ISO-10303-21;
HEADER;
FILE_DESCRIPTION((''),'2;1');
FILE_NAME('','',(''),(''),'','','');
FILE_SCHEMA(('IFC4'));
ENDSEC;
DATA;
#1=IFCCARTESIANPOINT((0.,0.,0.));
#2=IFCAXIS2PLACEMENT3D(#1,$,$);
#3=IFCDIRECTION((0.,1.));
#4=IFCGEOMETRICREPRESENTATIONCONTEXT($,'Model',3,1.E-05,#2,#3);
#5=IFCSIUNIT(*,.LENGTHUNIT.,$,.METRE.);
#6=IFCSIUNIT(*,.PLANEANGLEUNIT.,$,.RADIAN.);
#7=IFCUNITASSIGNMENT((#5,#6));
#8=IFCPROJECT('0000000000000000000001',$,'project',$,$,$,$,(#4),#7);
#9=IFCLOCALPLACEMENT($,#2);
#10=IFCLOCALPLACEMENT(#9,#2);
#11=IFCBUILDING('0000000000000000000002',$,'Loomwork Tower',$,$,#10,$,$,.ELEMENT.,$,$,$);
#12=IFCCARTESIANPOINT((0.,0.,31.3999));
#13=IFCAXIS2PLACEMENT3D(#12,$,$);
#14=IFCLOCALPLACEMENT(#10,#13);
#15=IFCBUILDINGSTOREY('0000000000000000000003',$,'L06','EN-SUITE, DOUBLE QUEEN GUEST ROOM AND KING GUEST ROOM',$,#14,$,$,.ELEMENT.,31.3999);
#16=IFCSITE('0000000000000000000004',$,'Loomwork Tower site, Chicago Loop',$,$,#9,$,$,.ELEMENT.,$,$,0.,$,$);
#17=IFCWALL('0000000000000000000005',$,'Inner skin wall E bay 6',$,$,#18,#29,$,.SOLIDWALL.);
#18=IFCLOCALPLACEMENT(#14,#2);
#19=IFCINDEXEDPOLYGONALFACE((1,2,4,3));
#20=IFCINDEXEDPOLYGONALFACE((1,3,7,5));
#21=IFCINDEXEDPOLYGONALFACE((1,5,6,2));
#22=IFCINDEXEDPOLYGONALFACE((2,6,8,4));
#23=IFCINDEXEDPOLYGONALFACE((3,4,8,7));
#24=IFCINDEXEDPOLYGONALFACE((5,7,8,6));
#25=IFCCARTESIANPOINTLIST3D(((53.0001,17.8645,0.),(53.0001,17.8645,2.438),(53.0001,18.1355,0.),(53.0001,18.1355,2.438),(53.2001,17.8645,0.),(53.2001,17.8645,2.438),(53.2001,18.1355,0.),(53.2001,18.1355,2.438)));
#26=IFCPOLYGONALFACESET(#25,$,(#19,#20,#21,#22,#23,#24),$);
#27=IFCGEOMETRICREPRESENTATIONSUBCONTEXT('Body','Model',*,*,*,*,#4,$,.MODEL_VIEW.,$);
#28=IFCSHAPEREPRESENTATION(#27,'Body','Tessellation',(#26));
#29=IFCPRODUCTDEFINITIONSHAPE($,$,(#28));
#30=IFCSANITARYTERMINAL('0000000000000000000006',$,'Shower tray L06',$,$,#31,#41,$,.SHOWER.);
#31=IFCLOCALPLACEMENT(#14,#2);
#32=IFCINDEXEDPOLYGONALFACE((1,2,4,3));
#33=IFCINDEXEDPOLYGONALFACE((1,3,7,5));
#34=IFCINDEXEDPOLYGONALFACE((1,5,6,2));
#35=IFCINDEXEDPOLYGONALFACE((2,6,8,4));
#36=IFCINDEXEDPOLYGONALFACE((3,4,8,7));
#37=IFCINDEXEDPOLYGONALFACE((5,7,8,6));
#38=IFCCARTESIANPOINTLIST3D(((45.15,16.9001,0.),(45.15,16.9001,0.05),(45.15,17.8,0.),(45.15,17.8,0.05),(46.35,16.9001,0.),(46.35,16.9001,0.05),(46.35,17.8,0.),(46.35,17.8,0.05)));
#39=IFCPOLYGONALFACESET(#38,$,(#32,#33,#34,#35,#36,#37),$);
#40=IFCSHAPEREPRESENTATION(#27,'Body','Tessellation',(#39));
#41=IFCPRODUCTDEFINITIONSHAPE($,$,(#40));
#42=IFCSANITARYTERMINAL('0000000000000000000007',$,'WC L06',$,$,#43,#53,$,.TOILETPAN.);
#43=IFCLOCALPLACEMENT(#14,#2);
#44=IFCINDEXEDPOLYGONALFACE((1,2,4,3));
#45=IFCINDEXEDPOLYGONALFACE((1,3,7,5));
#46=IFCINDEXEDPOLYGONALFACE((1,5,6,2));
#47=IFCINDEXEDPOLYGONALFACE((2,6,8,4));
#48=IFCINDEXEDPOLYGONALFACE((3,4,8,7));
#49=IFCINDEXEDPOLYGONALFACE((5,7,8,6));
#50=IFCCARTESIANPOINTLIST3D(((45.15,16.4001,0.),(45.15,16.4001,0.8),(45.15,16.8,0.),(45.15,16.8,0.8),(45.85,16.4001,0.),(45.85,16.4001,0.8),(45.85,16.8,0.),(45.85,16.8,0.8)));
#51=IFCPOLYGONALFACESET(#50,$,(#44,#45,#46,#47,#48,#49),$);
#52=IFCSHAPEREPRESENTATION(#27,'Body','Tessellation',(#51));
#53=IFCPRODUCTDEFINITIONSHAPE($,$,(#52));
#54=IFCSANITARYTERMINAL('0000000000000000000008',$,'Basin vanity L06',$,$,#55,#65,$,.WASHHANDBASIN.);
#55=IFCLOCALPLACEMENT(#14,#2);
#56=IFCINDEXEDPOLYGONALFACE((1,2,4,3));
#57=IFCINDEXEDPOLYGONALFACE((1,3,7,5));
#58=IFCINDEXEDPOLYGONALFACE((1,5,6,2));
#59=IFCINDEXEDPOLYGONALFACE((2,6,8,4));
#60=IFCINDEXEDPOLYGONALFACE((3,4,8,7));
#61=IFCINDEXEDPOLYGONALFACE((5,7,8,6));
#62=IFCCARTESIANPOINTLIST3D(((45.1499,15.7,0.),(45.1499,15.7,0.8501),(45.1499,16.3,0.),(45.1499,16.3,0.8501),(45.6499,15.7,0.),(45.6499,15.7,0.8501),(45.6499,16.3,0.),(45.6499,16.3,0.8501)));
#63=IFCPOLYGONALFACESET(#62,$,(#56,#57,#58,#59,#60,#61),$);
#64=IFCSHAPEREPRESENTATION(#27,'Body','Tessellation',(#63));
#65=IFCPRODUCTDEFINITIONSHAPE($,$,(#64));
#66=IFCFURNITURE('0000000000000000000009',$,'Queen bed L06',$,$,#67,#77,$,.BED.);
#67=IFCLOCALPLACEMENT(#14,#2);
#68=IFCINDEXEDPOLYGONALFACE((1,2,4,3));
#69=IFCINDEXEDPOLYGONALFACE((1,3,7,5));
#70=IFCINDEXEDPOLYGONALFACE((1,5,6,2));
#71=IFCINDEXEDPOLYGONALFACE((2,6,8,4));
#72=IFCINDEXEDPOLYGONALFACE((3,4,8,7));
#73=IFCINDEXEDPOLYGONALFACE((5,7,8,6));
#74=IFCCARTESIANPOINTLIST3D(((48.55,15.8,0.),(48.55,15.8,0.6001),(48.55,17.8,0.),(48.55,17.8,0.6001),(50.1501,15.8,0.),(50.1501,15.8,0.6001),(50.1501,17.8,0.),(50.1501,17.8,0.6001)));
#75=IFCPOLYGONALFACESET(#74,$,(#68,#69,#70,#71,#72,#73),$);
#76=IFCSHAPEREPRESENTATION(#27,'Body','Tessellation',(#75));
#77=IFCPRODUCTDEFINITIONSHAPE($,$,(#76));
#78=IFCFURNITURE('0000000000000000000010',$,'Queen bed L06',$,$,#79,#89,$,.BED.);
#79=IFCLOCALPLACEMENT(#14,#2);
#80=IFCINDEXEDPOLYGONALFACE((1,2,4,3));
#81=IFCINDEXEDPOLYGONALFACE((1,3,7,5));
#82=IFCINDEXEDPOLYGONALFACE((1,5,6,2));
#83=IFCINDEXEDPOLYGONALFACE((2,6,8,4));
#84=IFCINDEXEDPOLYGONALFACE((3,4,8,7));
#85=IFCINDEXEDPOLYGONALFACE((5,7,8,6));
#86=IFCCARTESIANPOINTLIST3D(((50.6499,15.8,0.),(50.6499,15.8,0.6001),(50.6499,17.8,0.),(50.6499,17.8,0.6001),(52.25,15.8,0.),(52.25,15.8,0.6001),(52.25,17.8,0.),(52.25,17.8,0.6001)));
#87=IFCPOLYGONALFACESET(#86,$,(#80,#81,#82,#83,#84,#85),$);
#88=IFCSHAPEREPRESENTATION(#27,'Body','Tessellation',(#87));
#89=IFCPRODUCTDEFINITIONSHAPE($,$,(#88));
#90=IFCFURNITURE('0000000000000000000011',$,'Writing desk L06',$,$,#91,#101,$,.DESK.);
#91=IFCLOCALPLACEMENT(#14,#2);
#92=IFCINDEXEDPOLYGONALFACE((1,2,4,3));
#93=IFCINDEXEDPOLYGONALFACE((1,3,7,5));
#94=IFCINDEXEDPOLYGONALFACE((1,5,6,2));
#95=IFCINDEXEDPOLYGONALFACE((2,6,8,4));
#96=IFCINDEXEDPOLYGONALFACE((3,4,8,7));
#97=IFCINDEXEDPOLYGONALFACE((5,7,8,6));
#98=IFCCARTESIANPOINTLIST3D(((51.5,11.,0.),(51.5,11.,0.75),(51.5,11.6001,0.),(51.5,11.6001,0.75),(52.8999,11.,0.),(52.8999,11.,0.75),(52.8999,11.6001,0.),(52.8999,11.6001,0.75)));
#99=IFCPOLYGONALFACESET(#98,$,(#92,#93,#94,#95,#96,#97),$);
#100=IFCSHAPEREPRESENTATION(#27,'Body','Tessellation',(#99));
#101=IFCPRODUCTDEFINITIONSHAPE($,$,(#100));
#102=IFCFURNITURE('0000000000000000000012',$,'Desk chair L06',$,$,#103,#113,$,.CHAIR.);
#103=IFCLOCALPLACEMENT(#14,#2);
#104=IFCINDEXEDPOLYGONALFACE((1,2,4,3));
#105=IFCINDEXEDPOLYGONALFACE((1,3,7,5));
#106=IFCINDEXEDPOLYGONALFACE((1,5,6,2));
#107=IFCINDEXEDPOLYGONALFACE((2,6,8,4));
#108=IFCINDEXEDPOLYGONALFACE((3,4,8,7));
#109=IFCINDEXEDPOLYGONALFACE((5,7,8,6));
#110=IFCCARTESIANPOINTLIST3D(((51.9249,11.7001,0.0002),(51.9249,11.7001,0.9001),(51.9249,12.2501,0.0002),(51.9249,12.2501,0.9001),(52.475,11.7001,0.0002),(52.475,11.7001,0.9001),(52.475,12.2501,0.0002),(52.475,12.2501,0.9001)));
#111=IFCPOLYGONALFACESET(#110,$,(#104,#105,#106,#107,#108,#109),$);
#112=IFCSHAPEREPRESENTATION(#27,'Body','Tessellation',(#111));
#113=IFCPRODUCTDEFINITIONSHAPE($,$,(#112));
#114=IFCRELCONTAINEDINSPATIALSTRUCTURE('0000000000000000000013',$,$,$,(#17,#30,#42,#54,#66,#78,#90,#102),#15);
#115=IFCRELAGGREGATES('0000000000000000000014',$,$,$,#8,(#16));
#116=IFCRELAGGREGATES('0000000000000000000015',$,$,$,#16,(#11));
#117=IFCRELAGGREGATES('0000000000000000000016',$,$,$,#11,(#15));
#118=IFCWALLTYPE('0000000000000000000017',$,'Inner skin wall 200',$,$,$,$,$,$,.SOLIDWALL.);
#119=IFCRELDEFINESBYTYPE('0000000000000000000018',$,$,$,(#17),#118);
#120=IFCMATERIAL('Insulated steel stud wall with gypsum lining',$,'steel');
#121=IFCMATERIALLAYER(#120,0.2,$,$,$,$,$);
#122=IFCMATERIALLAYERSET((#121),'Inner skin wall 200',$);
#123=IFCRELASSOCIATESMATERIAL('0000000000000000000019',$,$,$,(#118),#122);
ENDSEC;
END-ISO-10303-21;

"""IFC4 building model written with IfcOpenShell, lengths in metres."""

from ifc_helpers import new_model, si_unit, direction, frame, frame_2d, origin, origin_2d, place, context, subcontext, project, spatial, rectangle, extrude, material, layer, layer_set, type_object, element, save


model = new_model("IFC4")

# Units and contexts
model_context = context("Model", 3, precision=1e-05, world=origin(), true_north=direction((0.0, 1.0)))
body_context = subcontext(model_context, "Body", "Model", "MODEL_VIEW")
ifc_project = project(units=[si_unit("LENGTHUNIT", "METRE"), si_unit("PLANEANGLEUNIT", "RADIAN")], contexts=[model_context])

# Site, building, storey
site_placement = place(None, origin())
site = spatial("IfcSite", under=ifc_project, at=site_placement, Name="Loomwork Tower site, Chicago Loop", CompositionType="ELEMENT", RefElevation=0.0)
building_placement = place(site_placement, origin())
building = spatial("IfcBuilding", under=site, at=building_placement, Name="Loomwork Tower", CompositionType="ELEMENT")
storey_placement = place(building_placement, frame((0.0, 0.0, 31.3999)))
storey = spatial("IfcBuildingStorey", under=building, at=storey_placement, Name="L06", Description="EN-SUITE, DOUBLE QUEEN GUEST ROOM AND KING GUEST ROOM", CompositionType="ELEMENT", Elevation=31.3999)

# Wall
ifc_material_1 = material(Name="Insulated steel stud wall with gypsum lining", Category="steel")
ifc_layer_1 = layer(ifc_material_1, 0.2)
ifc_layer_set_1 = layer_set([ifc_layer_1], Name="Inner skin wall 200")
wall_type_1 = type_object("IfcWallType", Name="Inner skin wall 200", PredefinedType="SOLIDWALL", material=ifc_layer_set_1)
wall_1_placement = place(storey_placement, frame((53.1001, 17.8645, 0.0), z_axis=(0.0, 0.0, 1.0), x_axis=(0.0, 1.0, 0.0)))
element("IfcWall", 1, at=wall_1_placement, inside=storey, type_object=wall_type_1, Name="Inner skin wall E bay 6", PredefinedType="SOLIDWALL", context=body_context, shape_type="SweptSolid", body=[
    extrude(rectangle(XDim=0.271, YDim=0.2, at=frame_2d((0.1355, 0.0))), origin(), (0.0, 0.0, 1.0), 2.438),
])

# Sanitary terminals
sanitary_terminal_1_placement = place(storey_placement, frame((45.75, 17.3501, 0.0), z_axis=(0.0, 0.0, 1.0), x_axis=(1.0, 0.0, 0.0)))
element("IfcSanitaryTerminal", 2, at=sanitary_terminal_1_placement, inside=storey, Name="Shower tray L06", PredefinedType="SHOWER", context=body_context, shape_type="SweptSolid", body=[
    extrude(rectangle(XDim=1.2, YDim=0.8999, at=origin_2d()), origin(), (0.0, 0.0, 1.0), 0.05),
])
sanitary_terminal_2_placement = place(storey_placement, frame((45.5, 16.6001, 0.0), z_axis=(0.0, 0.0, 1.0), x_axis=(1.0, 0.0, 0.0)))
element("IfcSanitaryTerminal", 3, at=sanitary_terminal_2_placement, inside=storey, Name="WC L06", PredefinedType="TOILETPAN", context=body_context, shape_type="SweptSolid", body=[
    extrude(rectangle(XDim=0.7, YDim=0.3999, at=origin_2d()), origin(), (0.0, 0.0, 1.0), 0.8),
])
sanitary_terminal_3_placement = place(storey_placement, frame((45.3999, 16.0, 0.0), z_axis=(0.0, 0.0, 1.0), x_axis=(1.0, 0.0, 0.0)))
element("IfcSanitaryTerminal", 4, at=sanitary_terminal_3_placement, inside=storey, Name="Basin vanity L06", PredefinedType="WASHHANDBASIN", context=body_context, shape_type="SweptSolid", body=[
    extrude(rectangle(XDim=0.5, YDim=0.6001, at=origin_2d()), origin(), (0.0, 0.0, 1.0), 0.8501),
])

# Furniture
for number, where, z_axis, x_axis, name in (
    (5, (49.3501, 16.8, 0.0), (0.0, 0.0, 1.0), (1.0, 0.0, 0.0), "Queen bed L06"),
    (6, (51.45, 16.8, 0.0), (0.0, 0.0, 1.0), (1.0, 0.0, 0.0), "Queen bed L06"),
):
    element("IfcFurniture", number, at=place(storey_placement, frame(where, z_axis=z_axis, x_axis=x_axis)), inside=storey, Name=name, PredefinedType="BED", context=body_context, shape_type="SweptSolid", body=[
        extrude(rectangle(XDim=1.6001, YDim=2.0, at=origin_2d()), origin(), (0.0, 0.0, 1.0), 0.6001),
    ])
furniture_1_placement = place(storey_placement, frame((52.2, 11.3, 0.0), z_axis=(0.0, 0.0, 1.0), x_axis=(1.0, 0.0, 0.0)))
element("IfcFurniture", 7, at=furniture_1_placement, inside=storey, Name="Writing desk L06", PredefinedType="DESK", context=body_context, shape_type="SweptSolid", body=[
    extrude(rectangle(XDim=1.3999, YDim=0.6001, at=origin_2d()), origin(), (0.0, 0.0, 1.0), 0.75),
])
furniture_2_placement = place(storey_placement, frame((52.2, 11.9751, 0.0002), z_axis=(0.0, 0.0, 1.0), x_axis=(1.0, 0.0, 0.0)))
element("IfcFurniture", 8, at=furniture_2_placement, inside=storey, Name="Desk chair L06", PredefinedType="CHAIR", context=body_context, shape_type="SweptSolid", body=[
    extrude(rectangle(XDim=0.55, YDim=0.55, at=origin_2d()), origin(), (0.0, 0.0, 1.0), 0.8999),
])

save(model, "model.ifc")
